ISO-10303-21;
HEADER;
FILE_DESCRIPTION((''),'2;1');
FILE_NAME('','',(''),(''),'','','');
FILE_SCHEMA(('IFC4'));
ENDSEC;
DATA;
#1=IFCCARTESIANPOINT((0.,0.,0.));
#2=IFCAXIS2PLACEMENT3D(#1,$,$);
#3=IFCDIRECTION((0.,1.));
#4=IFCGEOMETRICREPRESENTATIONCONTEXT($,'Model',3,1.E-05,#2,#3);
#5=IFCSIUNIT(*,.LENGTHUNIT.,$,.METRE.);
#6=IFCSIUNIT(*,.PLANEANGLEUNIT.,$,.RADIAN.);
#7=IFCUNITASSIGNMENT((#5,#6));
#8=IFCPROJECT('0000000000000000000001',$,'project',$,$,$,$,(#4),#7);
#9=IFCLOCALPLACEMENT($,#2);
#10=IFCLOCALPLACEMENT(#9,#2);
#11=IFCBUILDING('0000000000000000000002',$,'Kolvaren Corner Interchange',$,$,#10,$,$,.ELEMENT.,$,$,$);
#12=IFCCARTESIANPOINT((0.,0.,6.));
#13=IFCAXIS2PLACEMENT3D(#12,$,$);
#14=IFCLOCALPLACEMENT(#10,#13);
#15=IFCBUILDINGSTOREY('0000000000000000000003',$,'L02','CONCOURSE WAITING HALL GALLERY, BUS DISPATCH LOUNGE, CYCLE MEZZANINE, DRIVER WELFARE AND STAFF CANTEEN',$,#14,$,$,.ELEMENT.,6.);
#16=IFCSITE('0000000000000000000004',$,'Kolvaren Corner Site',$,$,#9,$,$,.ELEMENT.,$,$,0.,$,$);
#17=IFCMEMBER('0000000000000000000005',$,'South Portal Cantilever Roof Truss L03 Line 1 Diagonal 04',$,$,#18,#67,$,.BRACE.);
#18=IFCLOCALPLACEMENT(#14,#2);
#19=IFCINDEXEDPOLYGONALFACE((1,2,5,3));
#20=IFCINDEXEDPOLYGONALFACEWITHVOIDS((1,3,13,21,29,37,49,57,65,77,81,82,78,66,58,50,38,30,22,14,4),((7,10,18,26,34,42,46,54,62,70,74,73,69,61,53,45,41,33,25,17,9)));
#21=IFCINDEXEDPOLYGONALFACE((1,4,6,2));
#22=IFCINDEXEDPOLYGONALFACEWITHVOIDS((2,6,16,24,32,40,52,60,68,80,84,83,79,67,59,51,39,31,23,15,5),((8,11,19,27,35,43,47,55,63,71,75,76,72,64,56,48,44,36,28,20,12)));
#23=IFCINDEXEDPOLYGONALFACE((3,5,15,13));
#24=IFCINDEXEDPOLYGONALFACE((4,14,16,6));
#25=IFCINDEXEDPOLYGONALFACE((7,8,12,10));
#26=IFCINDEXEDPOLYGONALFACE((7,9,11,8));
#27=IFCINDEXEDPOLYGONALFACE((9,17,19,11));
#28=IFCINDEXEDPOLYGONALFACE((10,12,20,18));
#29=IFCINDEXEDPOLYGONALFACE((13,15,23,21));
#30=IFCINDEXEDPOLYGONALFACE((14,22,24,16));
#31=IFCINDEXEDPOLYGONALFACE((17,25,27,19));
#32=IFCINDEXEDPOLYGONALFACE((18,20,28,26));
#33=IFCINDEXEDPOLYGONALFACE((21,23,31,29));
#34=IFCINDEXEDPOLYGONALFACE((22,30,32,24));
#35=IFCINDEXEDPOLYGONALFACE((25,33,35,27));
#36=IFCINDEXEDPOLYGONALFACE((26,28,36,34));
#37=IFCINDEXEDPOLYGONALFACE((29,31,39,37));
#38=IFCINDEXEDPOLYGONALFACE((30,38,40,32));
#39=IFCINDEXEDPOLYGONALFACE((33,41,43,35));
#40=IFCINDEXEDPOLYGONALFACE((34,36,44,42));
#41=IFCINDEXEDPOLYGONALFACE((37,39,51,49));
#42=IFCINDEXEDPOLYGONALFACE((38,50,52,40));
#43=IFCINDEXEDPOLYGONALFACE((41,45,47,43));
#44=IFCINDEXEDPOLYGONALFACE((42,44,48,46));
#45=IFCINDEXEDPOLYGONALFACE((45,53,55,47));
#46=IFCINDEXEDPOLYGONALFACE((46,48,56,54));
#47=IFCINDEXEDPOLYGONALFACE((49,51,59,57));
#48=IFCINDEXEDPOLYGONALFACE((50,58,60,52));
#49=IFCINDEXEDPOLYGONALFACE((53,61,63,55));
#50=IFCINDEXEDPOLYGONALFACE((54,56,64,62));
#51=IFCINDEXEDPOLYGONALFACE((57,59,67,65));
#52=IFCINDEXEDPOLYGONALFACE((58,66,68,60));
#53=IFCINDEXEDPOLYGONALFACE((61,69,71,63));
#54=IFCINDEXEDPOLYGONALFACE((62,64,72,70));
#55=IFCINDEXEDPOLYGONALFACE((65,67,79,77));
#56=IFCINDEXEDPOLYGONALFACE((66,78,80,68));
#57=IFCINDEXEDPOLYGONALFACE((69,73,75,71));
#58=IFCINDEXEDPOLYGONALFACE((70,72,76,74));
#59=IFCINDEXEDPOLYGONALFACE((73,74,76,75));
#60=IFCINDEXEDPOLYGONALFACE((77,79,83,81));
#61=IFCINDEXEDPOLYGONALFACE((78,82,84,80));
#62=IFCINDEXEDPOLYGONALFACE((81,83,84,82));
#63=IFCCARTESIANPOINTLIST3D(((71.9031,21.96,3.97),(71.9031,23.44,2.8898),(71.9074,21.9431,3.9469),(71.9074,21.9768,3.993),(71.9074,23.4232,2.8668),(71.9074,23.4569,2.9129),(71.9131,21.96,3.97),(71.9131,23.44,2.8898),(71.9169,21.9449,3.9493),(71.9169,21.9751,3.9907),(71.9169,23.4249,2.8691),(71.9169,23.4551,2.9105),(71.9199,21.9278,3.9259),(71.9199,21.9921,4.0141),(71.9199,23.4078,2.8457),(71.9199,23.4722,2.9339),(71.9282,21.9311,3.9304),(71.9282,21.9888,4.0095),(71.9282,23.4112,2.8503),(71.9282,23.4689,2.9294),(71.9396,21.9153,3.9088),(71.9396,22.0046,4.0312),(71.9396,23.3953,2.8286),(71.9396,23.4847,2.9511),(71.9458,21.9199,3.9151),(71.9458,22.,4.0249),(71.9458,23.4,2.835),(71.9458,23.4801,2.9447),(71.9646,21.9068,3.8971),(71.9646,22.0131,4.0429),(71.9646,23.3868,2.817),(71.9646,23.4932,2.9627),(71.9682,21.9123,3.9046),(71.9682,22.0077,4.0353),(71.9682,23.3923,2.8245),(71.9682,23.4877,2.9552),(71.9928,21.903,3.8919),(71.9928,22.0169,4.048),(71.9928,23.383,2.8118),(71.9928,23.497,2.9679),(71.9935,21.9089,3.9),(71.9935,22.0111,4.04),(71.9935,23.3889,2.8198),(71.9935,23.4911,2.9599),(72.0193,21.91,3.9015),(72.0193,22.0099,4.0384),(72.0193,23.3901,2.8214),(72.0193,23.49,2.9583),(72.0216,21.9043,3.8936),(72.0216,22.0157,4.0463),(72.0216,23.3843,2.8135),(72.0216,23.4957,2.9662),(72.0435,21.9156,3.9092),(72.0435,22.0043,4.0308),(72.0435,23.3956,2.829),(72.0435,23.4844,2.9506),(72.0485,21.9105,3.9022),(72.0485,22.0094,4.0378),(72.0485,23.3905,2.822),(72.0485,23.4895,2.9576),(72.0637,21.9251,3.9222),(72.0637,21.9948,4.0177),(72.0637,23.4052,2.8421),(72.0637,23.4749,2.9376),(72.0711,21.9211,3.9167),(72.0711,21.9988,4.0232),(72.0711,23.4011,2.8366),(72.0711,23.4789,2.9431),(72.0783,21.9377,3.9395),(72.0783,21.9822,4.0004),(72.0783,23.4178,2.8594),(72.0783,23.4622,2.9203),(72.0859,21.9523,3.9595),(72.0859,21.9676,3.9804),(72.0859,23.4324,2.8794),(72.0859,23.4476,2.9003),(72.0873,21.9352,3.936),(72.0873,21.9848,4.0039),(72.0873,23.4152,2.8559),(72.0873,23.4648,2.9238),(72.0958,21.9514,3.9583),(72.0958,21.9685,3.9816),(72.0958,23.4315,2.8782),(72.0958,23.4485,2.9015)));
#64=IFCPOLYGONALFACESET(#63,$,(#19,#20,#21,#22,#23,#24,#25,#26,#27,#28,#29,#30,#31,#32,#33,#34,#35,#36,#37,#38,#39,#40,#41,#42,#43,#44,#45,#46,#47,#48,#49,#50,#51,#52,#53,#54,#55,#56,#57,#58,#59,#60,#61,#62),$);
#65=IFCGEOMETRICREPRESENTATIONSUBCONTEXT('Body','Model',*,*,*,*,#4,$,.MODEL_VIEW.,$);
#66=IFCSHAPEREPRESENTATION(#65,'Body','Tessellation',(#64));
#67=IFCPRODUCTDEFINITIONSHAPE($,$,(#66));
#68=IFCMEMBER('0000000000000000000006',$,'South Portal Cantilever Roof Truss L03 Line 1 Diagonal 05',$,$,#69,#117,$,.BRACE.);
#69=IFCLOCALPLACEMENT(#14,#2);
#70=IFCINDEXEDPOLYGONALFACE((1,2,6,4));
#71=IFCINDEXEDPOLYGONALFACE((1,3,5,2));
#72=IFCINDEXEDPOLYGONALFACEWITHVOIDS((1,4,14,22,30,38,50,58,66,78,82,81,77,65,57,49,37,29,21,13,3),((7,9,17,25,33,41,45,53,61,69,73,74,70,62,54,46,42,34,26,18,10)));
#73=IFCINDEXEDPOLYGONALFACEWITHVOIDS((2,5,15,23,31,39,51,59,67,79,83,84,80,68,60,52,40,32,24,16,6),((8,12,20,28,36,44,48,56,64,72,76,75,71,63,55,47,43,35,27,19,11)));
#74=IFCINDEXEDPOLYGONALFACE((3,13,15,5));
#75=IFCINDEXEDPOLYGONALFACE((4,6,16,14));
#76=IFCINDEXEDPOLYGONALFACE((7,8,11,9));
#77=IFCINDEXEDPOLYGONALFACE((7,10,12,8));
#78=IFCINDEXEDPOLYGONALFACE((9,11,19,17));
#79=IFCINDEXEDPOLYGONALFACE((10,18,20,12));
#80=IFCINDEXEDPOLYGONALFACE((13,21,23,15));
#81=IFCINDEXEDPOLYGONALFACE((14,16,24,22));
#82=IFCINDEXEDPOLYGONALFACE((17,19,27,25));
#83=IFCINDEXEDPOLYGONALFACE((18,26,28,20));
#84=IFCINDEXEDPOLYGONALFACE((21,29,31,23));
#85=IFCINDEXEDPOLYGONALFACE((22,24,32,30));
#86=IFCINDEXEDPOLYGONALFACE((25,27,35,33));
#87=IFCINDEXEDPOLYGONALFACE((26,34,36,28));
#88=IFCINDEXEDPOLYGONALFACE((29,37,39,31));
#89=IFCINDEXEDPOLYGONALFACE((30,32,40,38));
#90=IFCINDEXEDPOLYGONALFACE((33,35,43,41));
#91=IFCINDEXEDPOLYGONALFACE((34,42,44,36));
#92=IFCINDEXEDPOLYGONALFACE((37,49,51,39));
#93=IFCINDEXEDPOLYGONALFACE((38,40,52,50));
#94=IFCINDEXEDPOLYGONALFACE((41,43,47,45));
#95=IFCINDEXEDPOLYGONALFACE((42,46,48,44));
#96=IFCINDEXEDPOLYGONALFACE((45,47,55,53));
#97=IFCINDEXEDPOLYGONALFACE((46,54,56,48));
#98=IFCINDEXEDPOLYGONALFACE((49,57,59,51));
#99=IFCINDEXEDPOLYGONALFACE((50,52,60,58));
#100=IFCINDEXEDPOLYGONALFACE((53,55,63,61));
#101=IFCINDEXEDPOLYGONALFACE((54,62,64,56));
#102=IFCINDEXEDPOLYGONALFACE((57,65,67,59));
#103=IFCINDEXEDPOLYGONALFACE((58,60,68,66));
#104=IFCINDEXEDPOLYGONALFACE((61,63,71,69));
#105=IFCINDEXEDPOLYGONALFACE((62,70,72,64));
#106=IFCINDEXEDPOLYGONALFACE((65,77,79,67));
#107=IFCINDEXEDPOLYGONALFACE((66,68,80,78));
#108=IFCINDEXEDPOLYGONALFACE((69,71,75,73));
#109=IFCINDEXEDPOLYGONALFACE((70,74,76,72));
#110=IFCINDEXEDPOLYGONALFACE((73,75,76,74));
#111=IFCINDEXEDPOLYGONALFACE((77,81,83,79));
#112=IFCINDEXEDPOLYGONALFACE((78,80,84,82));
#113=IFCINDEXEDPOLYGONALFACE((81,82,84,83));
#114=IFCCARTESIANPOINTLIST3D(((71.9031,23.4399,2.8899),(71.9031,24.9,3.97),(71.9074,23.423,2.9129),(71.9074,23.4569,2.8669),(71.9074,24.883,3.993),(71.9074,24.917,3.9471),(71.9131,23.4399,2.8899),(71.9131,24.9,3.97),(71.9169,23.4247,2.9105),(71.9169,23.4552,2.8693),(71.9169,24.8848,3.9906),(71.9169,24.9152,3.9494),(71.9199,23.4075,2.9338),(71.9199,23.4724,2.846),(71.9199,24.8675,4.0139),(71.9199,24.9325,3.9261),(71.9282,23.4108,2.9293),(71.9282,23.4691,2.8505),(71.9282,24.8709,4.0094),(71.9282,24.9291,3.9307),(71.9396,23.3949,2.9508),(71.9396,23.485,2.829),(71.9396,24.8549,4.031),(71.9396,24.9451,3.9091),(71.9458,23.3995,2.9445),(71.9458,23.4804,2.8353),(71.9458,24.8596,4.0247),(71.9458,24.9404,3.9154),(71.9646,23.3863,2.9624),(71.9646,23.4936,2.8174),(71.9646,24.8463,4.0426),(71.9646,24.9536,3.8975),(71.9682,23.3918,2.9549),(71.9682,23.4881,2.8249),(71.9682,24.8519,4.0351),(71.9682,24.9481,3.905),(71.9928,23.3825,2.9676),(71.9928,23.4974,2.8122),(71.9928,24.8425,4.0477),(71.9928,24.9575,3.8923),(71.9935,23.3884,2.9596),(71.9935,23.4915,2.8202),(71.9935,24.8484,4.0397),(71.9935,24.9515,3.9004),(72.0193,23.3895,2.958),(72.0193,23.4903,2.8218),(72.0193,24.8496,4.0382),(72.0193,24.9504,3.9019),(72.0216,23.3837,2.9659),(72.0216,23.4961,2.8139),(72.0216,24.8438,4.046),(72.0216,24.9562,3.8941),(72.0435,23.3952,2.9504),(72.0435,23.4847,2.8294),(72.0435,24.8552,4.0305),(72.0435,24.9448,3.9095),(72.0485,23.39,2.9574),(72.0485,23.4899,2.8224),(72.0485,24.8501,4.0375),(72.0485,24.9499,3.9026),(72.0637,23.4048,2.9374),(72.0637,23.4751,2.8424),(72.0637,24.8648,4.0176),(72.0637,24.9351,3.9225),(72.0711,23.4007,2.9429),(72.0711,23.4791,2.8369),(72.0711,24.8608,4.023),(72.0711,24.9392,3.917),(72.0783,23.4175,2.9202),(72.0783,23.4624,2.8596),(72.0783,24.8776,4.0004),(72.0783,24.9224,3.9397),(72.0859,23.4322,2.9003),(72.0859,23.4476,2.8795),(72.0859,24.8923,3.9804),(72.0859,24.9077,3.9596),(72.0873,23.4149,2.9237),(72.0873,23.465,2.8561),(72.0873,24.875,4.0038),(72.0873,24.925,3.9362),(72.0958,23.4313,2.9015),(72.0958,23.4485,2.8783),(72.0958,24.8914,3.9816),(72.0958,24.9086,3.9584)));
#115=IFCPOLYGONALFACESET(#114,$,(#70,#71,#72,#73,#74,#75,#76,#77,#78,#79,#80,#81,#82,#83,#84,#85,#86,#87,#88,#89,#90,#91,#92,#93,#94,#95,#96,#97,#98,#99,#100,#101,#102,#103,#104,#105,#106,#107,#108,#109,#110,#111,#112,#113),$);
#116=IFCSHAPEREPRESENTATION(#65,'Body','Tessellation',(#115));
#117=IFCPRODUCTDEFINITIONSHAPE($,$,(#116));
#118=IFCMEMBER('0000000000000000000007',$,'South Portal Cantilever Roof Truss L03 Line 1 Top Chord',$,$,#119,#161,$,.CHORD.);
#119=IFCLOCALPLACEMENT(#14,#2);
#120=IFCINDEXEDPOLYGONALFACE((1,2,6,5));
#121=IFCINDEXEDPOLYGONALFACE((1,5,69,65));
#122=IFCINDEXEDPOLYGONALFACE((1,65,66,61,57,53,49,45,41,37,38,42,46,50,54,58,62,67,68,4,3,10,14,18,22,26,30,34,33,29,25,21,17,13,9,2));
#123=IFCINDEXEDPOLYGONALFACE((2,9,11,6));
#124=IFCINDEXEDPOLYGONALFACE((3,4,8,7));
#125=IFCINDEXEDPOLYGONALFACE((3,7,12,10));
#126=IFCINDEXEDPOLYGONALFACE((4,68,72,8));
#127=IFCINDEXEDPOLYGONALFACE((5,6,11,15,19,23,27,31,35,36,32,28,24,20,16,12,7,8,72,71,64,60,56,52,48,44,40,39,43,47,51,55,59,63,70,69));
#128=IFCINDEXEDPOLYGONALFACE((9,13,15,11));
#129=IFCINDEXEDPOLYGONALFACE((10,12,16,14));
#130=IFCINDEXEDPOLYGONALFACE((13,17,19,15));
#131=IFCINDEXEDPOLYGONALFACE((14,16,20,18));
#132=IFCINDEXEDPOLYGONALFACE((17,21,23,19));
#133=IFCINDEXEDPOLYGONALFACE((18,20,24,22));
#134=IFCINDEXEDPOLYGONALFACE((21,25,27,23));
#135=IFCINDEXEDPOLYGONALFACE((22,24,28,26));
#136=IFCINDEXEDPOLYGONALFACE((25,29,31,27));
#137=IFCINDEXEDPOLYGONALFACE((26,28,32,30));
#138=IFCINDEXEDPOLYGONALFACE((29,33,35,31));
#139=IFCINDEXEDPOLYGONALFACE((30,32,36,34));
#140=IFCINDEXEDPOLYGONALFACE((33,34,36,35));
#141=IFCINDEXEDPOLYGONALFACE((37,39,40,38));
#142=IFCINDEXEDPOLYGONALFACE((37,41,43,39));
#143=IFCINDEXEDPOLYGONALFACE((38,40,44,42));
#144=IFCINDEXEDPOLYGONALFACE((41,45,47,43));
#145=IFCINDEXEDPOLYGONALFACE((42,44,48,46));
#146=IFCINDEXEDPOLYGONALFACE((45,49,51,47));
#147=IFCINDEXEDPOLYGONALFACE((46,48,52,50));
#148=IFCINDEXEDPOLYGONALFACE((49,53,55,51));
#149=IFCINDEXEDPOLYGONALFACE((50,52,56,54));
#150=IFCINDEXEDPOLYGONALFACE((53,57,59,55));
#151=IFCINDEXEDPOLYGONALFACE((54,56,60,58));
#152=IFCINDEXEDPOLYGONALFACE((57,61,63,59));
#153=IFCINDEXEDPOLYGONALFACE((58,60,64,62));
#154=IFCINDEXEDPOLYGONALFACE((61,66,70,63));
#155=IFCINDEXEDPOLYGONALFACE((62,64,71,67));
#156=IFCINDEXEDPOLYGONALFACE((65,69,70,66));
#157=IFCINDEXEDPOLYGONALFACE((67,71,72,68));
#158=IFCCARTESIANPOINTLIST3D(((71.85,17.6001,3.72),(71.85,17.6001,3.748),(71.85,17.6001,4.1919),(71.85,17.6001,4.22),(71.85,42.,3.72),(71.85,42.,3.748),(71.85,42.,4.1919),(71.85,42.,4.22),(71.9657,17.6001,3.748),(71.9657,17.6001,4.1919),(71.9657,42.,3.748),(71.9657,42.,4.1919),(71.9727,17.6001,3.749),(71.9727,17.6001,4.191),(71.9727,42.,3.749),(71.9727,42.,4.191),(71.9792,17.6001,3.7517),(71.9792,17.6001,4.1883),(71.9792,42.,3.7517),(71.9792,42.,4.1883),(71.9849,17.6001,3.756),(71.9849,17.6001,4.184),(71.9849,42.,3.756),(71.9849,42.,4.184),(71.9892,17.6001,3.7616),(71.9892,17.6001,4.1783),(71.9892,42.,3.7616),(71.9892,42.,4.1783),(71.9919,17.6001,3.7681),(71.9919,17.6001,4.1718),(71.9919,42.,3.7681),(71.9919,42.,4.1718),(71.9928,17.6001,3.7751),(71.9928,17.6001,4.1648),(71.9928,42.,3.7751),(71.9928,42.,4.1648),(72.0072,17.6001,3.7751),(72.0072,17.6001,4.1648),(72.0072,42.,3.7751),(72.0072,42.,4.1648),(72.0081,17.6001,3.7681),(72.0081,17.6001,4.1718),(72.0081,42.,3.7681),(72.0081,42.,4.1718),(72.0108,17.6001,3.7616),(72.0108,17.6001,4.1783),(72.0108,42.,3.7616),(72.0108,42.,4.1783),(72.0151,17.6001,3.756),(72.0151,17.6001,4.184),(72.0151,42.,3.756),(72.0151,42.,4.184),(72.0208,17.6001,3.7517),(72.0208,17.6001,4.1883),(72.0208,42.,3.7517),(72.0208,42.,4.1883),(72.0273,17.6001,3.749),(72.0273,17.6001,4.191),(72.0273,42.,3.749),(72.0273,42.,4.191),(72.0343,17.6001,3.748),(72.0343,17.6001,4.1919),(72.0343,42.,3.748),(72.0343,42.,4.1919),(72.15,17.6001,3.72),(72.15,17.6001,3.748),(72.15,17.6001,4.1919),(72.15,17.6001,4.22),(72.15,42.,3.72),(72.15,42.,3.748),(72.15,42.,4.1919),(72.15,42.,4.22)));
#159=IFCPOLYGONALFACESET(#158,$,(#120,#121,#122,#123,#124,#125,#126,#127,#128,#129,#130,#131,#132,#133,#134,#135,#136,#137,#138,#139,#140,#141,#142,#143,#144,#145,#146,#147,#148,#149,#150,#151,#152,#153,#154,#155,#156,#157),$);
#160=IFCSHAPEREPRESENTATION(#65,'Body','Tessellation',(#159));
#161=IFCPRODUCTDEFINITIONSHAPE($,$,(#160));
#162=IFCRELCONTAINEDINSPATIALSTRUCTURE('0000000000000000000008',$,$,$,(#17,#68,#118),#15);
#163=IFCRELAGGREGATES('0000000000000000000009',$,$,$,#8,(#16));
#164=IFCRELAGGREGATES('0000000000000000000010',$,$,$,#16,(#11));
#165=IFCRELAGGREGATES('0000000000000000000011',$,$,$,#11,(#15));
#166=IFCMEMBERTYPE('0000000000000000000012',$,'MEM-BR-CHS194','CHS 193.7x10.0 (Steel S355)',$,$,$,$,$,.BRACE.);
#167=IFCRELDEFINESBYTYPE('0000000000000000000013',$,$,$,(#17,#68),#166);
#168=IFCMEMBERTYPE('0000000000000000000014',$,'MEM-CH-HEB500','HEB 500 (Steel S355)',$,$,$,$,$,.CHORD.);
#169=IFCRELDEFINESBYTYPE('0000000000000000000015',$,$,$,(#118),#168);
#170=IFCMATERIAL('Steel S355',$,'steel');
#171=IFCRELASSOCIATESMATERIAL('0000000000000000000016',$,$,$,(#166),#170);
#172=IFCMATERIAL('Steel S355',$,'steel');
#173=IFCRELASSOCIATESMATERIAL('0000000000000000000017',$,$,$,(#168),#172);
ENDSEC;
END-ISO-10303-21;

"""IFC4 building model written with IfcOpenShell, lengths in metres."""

from ifc_helpers import new_model, si_unit, direction, frame, origin, origin_2d, place, context, subcontext, project, spatial, hollow_circle, i_section, extrude, material, material_profile, profile_set, type_object, element, save


model = new_model("IFC4")

# Units and contexts
model_context = context("Model", 3, precision=1e-05, world=origin(), true_north=direction((0.0, 1.0)))
body_context = subcontext(model_context, "Body", "Model", "MODEL_VIEW")
ifc_project = project(units=[si_unit("LENGTHUNIT", "METRE"), si_unit("PLANEANGLEUNIT", "RADIAN")], contexts=[model_context])

# Site, building, storey
site_placement = place(None, origin())
site = spatial("IfcSite", under=ifc_project, at=site_placement, Name="Kolvaren Corner Site", CompositionType="ELEMENT", RefElevation=0.0)
building_placement = place(site_placement, origin())
building = spatial("IfcBuilding", under=site, at=building_placement, Name="Kolvaren Corner Interchange", CompositionType="ELEMENT")
storey_placement = place(building_placement, frame((0.0, 0.0, 6.0)))
storey = spatial("IfcBuildingStorey", under=building, at=storey_placement, Name="L02", Description="CONCOURSE WAITING HALL GALLERY, BUS DISPATCH LOUNGE, CYCLE MEZZANINE, DRIVER WELFARE AND STAFF CANTEEN", CompositionType="ELEMENT", Elevation=6.0)

# Members
ifc_material_1 = material(Name="Steel S355", Category="steel")
ifc_material_profile_1 = material_profile(ifc_material_1, hollow_circle(Radius=0.0969, WallThickness=0.01, at=origin_2d()), Name="CHS 193.7x10.0")
ifc_profile_set_1 = profile_set([ifc_material_profile_1], Name="Steel S355")
member_type_1 = type_object("IfcMemberType", Name="MEM-BR-CHS194", Description="CHS 193.7x10.0 (Steel S355)", PredefinedType="BRACE", material=ifc_profile_set_1)
for number, where, z_axis, x_axis, name in (
    (1, (72.0, 21.96, 3.97), (0.0, 0.807767, -0.589502), (-1.0, 0.0, 0.0), "South Portal Cantilever Roof Truss L03 Line 1 Diagonal 04"),
):
    element("IfcMember", number, at=place(storey_placement, frame(where, z_axis=z_axis, x_axis=x_axis)), inside=storey, type_object=member_type_1, Name=name, PredefinedType="BRACE", context=body_context, shape_type="SweptSolid", body=[
        extrude(hollow_circle(Radius=0.0969, WallThickness=0.01, at=origin_2d()), origin(), (0.0, 0.0, 1.0), 1.8323),
    ])
member_1_placement = place(storey_placement, frame((72.0, 23.4399, 2.8899), z_axis=(0.0, 0.803919, 0.594739), x_axis=(-1.0, 0.0, 0.0)))
element("IfcMember", 2, at=member_1_placement, inside=storey, type_object=member_type_1, Name="South Portal Cantilever Roof Truss L03 Line 1 Diagonal 05", PredefinedType="BRACE", context=body_context, shape_type="SweptSolid", body=[
    extrude(hollow_circle(Radius=0.0969, WallThickness=0.01, at=origin_2d()), origin(), (0.0, 0.0, 1.0), 1.8162),
])
ifc_material_2 = material(Name="Steel S355", Category="steel")
ifc_material_profile_2 = material_profile(ifc_material_2, i_section(OverallWidth=0.3, OverallDepth=0.5, WebThickness=0.0144, FlangeThickness=0.0281, FilletRadius=0.0271, at=origin_2d()), Name="HEB 500")
ifc_profile_set_2 = profile_set([ifc_material_profile_2], Name="Steel S355")
member_type_2 = type_object("IfcMemberType", Name="MEM-CH-HEB500", Description="HEB 500 (Steel S355)", PredefinedType="CHORD", material=ifc_profile_set_2)
for number, where, z_axis, x_axis, name in (
    (3, (72.0, 17.6001, 3.97), (0.0, 1.0, 0.0), (-1.0, 0.0, 0.0), "South Portal Cantilever Roof Truss L03 Line 1 Top Chord"),
):
    element("IfcMember", number, at=place(storey_placement, frame(where, z_axis=z_axis, x_axis=x_axis)), inside=storey, type_object=member_type_2, Name=name, PredefinedType="CHORD", context=body_context, shape_type="SweptSolid", body=[
        extrude(i_section(OverallWidth=0.3, OverallDepth=0.5, WebThickness=0.0144, FlangeThickness=0.0281, FilletRadius=0.0271, at=origin_2d()), origin(), (0.0, 0.0, 1.0), 24.3999),
    ])

save(model, "model.ifc")
